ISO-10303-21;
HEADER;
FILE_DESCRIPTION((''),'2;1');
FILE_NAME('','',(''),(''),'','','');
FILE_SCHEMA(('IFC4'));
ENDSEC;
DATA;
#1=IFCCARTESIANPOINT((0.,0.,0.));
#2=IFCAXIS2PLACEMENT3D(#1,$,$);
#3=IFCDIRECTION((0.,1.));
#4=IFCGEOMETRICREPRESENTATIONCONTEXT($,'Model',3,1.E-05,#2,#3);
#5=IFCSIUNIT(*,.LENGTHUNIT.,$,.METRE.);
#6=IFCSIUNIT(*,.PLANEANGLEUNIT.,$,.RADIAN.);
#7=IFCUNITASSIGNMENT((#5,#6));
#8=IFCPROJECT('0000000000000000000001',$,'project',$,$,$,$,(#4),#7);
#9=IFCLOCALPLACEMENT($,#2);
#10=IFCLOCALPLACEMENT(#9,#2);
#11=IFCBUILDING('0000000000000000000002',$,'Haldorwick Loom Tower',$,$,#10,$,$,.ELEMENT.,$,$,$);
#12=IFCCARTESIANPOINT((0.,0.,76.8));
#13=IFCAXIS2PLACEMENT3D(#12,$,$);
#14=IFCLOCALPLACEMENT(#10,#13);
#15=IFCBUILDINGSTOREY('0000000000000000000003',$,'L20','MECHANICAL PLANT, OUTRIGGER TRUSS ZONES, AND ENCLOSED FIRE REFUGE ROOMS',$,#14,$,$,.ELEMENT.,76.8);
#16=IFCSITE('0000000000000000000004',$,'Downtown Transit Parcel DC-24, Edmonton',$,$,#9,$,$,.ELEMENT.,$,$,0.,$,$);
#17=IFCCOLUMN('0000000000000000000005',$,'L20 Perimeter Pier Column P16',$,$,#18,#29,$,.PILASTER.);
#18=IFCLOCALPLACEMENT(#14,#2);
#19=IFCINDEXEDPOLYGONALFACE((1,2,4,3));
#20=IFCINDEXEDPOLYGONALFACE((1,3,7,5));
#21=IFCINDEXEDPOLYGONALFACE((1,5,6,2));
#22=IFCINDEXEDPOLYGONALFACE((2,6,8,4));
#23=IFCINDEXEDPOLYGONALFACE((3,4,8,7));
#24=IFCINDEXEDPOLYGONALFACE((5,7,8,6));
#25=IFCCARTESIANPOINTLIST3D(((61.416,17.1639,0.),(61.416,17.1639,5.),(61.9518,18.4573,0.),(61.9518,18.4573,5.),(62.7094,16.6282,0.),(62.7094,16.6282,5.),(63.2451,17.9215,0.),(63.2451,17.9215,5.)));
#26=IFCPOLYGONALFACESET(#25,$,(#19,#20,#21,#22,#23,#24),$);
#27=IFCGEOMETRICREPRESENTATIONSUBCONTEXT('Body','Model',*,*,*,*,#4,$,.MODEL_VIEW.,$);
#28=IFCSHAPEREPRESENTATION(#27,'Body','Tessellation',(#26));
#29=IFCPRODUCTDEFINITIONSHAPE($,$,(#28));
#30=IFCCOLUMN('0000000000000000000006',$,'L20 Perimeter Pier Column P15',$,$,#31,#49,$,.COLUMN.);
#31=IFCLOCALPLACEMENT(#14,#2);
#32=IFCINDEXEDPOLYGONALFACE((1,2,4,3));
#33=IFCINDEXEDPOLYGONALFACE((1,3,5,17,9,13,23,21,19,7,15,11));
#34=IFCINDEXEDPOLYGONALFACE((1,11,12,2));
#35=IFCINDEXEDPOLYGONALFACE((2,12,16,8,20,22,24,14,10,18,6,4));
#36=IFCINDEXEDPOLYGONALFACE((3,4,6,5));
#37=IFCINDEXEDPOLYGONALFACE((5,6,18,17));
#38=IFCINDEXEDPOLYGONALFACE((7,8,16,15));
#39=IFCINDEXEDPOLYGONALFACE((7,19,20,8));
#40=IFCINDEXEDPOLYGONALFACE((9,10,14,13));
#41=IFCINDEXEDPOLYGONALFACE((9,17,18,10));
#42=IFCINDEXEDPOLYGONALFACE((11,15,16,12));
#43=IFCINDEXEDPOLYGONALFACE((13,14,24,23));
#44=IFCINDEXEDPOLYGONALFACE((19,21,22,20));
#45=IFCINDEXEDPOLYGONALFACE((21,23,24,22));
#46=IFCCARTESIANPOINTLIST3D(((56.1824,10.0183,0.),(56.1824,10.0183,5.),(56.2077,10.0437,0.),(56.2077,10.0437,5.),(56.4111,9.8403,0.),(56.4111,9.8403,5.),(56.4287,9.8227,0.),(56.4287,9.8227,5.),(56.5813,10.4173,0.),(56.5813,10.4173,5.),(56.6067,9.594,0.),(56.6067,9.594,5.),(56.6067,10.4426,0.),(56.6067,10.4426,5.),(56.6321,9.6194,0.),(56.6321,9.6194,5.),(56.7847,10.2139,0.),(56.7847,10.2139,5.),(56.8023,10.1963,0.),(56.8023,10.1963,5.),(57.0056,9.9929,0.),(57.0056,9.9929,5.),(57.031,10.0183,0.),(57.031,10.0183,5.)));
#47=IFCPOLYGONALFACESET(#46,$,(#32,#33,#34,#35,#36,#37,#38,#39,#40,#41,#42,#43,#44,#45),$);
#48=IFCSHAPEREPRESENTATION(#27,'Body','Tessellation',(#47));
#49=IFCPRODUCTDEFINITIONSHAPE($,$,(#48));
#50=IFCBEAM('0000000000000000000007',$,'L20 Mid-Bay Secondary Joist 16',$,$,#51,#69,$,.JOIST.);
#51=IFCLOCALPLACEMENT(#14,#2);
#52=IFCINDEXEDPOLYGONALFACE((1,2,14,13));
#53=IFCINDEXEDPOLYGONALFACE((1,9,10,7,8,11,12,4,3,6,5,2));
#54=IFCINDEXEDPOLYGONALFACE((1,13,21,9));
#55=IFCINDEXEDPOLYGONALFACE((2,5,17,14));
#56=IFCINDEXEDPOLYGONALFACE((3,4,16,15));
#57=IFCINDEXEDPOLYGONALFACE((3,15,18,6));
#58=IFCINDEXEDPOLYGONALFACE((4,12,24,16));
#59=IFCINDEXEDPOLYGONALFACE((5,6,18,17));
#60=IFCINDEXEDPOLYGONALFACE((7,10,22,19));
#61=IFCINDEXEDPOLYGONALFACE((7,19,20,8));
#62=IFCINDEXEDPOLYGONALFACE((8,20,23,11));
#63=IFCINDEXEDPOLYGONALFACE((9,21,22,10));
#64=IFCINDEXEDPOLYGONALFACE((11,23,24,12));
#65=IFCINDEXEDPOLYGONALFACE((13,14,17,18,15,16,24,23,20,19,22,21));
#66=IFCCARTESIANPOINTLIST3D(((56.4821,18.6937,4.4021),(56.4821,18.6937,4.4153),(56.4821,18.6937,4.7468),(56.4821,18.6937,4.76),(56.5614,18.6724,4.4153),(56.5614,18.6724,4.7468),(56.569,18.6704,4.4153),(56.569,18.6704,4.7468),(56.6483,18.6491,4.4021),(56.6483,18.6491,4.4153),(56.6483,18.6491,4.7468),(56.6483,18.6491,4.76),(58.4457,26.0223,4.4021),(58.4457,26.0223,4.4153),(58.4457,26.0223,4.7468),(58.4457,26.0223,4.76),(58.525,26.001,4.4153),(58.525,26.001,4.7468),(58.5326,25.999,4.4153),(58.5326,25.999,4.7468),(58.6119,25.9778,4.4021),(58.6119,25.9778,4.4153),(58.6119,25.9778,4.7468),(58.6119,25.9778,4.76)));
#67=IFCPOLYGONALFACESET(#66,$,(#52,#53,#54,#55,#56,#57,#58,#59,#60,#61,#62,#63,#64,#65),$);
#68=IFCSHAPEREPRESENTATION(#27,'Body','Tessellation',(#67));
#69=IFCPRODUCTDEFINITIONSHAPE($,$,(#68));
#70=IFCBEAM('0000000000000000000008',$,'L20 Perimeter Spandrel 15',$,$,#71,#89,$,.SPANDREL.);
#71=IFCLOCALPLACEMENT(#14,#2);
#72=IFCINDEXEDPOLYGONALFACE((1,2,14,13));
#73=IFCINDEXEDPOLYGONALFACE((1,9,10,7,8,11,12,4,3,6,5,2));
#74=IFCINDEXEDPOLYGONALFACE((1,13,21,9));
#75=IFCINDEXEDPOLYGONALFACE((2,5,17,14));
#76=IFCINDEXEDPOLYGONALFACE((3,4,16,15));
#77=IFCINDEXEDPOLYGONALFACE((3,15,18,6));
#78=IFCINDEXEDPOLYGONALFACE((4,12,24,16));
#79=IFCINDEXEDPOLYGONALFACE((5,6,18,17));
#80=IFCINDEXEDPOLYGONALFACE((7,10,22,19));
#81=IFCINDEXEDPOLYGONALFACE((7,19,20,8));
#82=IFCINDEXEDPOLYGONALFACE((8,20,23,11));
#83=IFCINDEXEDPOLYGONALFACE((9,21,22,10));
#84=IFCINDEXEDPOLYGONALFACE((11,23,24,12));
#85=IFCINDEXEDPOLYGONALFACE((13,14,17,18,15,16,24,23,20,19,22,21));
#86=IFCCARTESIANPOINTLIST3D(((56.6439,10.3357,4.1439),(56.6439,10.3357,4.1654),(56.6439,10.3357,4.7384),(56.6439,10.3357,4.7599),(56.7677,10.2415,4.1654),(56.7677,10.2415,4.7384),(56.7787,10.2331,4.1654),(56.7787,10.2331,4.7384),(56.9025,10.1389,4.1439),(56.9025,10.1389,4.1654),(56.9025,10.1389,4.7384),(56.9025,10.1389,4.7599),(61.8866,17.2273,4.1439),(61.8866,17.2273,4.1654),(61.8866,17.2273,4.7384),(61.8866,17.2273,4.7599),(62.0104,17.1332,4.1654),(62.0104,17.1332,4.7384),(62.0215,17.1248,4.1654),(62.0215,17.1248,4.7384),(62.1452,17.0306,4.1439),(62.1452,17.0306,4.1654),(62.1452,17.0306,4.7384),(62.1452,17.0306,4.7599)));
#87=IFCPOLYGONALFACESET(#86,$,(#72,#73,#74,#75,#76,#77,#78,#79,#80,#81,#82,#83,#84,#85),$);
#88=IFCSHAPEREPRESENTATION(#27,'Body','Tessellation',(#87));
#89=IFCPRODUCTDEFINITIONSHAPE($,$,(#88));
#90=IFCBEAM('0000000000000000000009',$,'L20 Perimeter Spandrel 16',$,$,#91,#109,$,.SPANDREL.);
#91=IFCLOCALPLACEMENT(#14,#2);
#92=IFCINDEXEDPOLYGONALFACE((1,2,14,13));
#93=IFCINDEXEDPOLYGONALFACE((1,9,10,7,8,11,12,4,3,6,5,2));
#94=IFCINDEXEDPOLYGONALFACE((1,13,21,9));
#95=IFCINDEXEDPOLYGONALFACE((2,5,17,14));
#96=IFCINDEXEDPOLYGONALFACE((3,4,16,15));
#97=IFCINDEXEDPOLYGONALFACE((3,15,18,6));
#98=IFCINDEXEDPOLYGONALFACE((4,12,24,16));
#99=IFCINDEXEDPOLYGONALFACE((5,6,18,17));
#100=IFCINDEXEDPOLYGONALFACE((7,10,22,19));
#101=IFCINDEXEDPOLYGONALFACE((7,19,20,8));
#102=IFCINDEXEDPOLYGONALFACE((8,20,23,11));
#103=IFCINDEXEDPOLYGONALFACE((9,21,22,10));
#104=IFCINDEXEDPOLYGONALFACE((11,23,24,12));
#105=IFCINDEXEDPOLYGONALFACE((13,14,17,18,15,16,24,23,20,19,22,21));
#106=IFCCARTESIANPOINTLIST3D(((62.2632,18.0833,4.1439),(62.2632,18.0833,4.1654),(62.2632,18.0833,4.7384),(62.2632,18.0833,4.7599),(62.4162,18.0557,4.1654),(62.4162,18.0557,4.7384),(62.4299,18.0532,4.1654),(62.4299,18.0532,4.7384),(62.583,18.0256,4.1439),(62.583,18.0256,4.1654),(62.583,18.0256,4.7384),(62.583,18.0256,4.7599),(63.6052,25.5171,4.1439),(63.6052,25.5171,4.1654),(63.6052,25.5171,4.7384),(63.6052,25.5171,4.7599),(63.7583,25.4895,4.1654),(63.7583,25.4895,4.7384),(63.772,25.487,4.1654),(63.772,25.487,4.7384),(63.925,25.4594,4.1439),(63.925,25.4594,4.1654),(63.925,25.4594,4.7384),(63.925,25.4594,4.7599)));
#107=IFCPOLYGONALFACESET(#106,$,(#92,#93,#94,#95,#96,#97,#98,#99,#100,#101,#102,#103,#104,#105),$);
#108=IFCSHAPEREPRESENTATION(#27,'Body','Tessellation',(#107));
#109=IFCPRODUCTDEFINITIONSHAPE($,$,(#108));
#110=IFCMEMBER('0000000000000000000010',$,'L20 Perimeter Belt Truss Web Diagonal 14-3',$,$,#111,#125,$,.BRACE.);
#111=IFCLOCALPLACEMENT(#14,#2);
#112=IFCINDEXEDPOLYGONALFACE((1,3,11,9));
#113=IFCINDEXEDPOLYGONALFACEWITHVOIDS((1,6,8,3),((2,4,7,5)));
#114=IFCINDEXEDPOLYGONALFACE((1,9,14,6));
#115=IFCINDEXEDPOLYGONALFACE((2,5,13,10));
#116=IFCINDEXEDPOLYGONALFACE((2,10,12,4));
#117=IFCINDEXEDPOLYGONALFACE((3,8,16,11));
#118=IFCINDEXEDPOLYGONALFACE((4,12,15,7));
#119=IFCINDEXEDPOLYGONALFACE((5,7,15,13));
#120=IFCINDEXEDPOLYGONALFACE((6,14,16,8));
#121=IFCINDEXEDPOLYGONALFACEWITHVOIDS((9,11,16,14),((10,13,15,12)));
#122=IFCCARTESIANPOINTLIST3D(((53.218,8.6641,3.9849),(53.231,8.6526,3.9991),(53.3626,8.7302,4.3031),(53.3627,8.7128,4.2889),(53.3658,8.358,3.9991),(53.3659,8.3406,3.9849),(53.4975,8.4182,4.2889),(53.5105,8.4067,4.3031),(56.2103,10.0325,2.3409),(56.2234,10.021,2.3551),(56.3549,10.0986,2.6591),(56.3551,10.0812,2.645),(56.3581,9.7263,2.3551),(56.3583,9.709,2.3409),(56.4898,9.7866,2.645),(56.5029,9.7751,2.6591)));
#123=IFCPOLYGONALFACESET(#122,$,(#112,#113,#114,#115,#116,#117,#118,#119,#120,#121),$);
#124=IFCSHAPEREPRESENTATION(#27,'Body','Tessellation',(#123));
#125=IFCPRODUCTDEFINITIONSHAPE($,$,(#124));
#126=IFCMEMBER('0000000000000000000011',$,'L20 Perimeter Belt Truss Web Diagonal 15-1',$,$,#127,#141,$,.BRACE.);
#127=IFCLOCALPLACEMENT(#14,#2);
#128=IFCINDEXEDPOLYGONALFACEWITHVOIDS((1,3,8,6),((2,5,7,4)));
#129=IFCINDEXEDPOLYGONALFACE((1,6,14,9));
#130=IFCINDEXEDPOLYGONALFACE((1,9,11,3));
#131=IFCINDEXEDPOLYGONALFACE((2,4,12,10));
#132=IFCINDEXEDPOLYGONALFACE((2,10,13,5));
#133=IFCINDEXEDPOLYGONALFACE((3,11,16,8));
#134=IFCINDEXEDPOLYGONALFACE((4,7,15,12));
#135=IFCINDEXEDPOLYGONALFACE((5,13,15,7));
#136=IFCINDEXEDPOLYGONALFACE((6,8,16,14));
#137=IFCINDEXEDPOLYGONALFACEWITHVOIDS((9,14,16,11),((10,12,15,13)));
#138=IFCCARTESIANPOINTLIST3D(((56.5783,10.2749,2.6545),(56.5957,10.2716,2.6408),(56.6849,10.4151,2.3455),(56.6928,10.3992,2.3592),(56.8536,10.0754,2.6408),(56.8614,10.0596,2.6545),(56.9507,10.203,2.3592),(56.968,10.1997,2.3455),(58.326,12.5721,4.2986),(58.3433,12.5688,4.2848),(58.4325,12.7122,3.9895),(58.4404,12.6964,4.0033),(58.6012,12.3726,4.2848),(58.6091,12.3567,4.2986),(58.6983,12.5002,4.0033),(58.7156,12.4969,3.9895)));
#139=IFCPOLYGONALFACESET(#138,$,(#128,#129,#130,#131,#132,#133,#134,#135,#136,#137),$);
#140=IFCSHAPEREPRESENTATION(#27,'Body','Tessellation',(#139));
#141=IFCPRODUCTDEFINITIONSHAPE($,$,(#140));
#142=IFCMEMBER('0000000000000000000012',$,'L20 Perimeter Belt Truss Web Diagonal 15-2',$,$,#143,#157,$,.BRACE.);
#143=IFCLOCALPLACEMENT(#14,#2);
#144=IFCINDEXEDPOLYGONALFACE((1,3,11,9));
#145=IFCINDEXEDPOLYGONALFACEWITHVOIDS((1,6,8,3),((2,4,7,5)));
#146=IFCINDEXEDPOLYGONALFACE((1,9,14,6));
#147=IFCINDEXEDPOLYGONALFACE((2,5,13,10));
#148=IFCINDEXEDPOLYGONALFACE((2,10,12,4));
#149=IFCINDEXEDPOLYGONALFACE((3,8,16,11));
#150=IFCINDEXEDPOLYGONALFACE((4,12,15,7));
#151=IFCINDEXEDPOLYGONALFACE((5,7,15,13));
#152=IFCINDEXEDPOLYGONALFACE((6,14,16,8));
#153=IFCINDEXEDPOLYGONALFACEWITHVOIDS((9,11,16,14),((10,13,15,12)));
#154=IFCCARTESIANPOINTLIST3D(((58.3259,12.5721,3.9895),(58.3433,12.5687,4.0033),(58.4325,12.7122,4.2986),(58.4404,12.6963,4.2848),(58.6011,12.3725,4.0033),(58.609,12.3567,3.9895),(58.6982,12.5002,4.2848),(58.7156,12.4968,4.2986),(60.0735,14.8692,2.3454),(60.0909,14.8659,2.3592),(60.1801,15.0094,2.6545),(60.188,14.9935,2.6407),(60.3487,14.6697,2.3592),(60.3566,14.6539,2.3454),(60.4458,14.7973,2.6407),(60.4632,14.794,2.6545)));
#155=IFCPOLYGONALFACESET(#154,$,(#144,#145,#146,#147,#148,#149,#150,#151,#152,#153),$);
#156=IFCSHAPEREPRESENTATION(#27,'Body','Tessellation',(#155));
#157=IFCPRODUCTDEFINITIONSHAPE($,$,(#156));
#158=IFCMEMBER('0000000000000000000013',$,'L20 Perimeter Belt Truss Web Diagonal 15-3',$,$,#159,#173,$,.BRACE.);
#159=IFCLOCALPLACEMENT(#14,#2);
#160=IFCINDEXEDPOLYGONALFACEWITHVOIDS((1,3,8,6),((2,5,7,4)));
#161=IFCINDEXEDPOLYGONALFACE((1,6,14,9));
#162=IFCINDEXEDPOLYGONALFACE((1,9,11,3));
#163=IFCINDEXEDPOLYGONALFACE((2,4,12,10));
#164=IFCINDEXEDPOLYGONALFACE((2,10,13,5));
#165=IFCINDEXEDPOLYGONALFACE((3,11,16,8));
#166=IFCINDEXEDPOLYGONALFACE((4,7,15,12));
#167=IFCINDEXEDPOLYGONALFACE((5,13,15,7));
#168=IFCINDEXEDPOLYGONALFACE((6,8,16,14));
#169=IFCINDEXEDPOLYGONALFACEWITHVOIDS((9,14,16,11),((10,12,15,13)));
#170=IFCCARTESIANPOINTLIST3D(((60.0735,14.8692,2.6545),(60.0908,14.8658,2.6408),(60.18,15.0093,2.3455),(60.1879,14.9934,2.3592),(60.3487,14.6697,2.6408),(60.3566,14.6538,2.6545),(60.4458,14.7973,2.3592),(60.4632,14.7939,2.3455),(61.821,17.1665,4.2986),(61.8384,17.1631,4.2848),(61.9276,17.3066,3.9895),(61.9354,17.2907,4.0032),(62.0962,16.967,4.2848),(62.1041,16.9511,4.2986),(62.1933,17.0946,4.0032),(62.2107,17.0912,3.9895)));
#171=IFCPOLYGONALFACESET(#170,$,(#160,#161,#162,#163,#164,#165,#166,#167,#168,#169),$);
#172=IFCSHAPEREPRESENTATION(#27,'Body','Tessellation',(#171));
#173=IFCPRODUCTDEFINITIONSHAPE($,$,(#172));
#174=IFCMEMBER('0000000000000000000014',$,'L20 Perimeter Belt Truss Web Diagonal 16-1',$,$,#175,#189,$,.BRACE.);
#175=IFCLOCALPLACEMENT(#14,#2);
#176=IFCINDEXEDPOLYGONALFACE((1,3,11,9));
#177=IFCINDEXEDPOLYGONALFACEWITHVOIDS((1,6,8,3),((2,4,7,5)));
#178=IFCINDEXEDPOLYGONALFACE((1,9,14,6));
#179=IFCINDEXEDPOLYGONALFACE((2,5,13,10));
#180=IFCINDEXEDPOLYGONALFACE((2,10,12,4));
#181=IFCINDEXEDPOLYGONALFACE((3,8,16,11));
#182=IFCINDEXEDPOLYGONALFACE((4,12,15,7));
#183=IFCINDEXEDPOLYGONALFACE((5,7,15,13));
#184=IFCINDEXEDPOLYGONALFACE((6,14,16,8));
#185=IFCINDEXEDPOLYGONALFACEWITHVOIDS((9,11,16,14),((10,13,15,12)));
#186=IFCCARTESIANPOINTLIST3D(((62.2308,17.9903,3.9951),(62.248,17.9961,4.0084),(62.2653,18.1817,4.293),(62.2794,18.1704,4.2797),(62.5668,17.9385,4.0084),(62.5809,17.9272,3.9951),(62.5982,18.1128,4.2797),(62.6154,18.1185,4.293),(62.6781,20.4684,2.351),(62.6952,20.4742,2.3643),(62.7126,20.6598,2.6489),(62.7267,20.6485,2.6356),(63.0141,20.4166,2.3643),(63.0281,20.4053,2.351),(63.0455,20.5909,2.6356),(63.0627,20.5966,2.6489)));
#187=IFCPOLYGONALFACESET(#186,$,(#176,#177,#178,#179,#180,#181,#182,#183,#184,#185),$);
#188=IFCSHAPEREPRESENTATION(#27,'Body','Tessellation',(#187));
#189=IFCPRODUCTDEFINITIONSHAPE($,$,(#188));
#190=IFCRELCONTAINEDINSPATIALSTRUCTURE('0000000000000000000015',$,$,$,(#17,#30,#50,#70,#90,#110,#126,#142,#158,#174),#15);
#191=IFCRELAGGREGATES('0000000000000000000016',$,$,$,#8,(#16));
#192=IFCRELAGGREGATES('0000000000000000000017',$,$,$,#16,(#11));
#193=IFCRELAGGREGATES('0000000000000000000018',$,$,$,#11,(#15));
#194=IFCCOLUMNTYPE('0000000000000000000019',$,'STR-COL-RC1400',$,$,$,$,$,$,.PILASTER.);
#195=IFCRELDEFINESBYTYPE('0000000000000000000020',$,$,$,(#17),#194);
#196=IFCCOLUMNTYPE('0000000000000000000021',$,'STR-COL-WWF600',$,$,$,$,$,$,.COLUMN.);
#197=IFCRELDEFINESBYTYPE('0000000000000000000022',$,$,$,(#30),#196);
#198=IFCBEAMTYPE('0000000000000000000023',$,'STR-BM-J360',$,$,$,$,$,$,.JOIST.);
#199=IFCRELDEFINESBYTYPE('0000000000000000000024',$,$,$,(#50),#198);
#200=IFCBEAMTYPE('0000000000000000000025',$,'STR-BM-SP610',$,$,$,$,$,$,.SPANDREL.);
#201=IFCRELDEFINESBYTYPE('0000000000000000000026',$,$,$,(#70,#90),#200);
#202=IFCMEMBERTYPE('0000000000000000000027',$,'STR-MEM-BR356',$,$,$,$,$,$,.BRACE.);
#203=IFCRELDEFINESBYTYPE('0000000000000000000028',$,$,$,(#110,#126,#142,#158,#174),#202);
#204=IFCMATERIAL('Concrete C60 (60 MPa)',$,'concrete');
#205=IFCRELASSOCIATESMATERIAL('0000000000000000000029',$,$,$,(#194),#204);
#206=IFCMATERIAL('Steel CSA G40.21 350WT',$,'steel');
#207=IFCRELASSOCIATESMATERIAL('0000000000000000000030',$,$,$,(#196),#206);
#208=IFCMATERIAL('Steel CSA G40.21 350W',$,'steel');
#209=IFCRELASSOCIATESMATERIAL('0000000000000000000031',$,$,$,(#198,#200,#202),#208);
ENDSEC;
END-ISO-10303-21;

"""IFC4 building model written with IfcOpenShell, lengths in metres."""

from ifc_helpers import new_model, si_unit, direction, frame, origin, origin_2d, place, context, subcontext, project, spatial, rectangle, hollow_rectangle, i_section, extrude, material, material_profile, profile_set, type_object, element, save


model = new_model("IFC4")

# Units and contexts
model_context = context("Model", 3, precision=1e-05, world=origin(), true_north=direction((0.0, 1.0)))
body_context = subcontext(model_context, "Body", "Model", "MODEL_VIEW")
ifc_project = project(units=[si_unit("LENGTHUNIT", "METRE"), si_unit("PLANEANGLEUNIT", "RADIAN")], contexts=[model_context])

# Site, building, storey
site_placement = place(None, origin())
site = spatial("IfcSite", under=ifc_project, at=site_placement, Name="Downtown Transit Parcel DC-24, Edmonton", CompositionType="ELEMENT", RefElevation=0.0)
building_placement = place(site_placement, origin())
building = spatial("IfcBuilding", under=site, at=building_placement, Name="Haldorwick Loom Tower", CompositionType="ELEMENT")
storey_placement = place(building_placement, frame((0.0, 0.0, 76.8)))
storey = spatial("IfcBuildingStorey", under=building, at=storey_placement, Name="L20", Description="MECHANICAL PLANT, OUTRIGGER TRUSS ZONES, AND ENCLOSED FIRE REFUGE ROOMS", CompositionType="ELEMENT", Elevation=76.8)

# Columns
ifc_material_1 = material(Name="Concrete C60 (60 MPa)", Category="concrete")
ifc_material_profile_1 = material_profile(ifc_material_1, rectangle(XDim=1.3999, YDim=1.3999, at=origin_2d()), Name="RC1400X1400", Category="concrete")
ifc_profile_set_1 = profile_set([ifc_material_profile_1], Name="Concrete C60 (60 MPa)")
column_type_1 = type_object("IfcColumnType", Name="STR-COL-RC1400", PredefinedType="PILASTER", material=ifc_profile_set_1)
column_1_placement = place(storey_placement, frame((62.3306, 17.5427, 0.0), z_axis=(0.0, 0.0, 1.0), x_axis=(0.92388, -0.382683, 0.0)))
element("IfcColumn", 1, at=column_1_placement, inside=storey, type_object=column_type_1, Name="L20 Perimeter Pier Column P16", PredefinedType="PILASTER", context=body_context, shape_type="SweptSolid", body=[
    extrude(rectangle(XDim=1.3999, YDim=1.3999, at=origin_2d()), origin(), (0.0, 0.0, 1.0), 5.0),
])
ifc_material_2 = material(Name="Steel CSA G40.21 350WT", Category="steel")
ifc_material_profile_2 = material_profile(ifc_material_2, i_section(OverallWidth=0.6001, OverallDepth=0.6001, WebThickness=0.0249, FlangeThickness=0.0359, at=origin_2d()), Name="WWF600X600", Category="steel")
ifc_profile_set_2 = profile_set([ifc_material_profile_2], Name="Steel CSA G40.21 350WT")
column_type_2 = type_object("IfcColumnType", Name="STR-COL-WWF600", PredefinedType="COLUMN", material=ifc_profile_set_2)
column_2_placement = place(storey_placement, frame((56.6067, 10.0183, 0.0), z_axis=(0.0, 0.0, 1.0), x_axis=(0.707107, -0.707107, 0.0)))
element("IfcColumn", 2, at=column_2_placement, inside=storey, type_object=column_type_2, Name="L20 Perimeter Pier Column P15", PredefinedType="COLUMN", context=body_context, shape_type="SweptSolid", body=[
    extrude(i_section(OverallWidth=0.6001, OverallDepth=0.6001, WebThickness=0.0249, FlangeThickness=0.0359, at=origin_2d()), origin(), (0.0, 0.0, 1.0), 5.0),
])

# Beams
ifc_material_3 = material(Name="Steel CSA G40.21 350W", Category="steel")
ifc_material_profile_3 = material_profile(ifc_material_3, i_section(OverallWidth=0.1721, OverallDepth=0.3579, WebThickness=0.0078, FlangeThickness=0.0132, at=origin_2d()), Name="W360X57", Category="steel")
ifc_profile_set_3 = profile_set([ifc_material_profile_3], Name="Steel CSA G40.21 350W")
beam_type_1 = type_object("IfcBeamType", Name="STR-BM-J360", PredefinedType="JOIST", material=ifc_profile_set_3)
beam_1_placement = place(storey_placement, frame((56.5652, 18.6714, 4.5811), z_axis=(0.25881, 0.965928, 0.0), x_axis=(-0.965928, 0.25881, 0.0)))
element("IfcBeam", 3, at=beam_1_placement, inside=storey, type_object=beam_type_1, Name="L20 Mid-Bay Secondary Joist 16", PredefinedType="JOIST", context=body_context, shape_type="SweptSolid", body=[
    extrude(i_section(OverallWidth=0.1721, OverallDepth=0.3579, WebThickness=0.0078, FlangeThickness=0.0132, at=origin_2d()), origin(), (0.0, 0.0, 1.0), 7.5872),
])
ifc_material_profile_4 = material_profile(ifc_material_3, i_section(OverallWidth=0.325, OverallDepth=0.616, WebThickness=0.0139, FlangeThickness=0.0215, at=origin_2d()), Name="W610X174", Category="steel")
ifc_profile_set_4 = profile_set([ifc_material_profile_4], Name="Steel CSA G40.21 350W")
beam_type_2 = type_object("IfcBeamType", Name="STR-BM-SP610", PredefinedType="SPANDREL", material=ifc_profile_set_4)
beam_2_placement = place(storey_placement, frame((56.7732, 10.2373, 4.4519), z_axis=(0.605454, 0.795881, 0.0), x_axis=(-0.795881, 0.605454, 0.0)))
element("IfcBeam", 4, at=beam_2_placement, inside=storey, type_object=beam_type_2, Name="L20 Perimeter Spandrel 15", PredefinedType="SPANDREL", context=body_context, shape_type="SweptSolid", body=[
    extrude(i_section(OverallWidth=0.325, OverallDepth=0.616, WebThickness=0.0139, FlangeThickness=0.0215, at=origin_2d()), origin(), (0.0, 0.0, 1.0), 8.6592),
])
beam_3_placement = place(storey_placement, frame((62.4231, 18.0544, 4.4519), z_axis=(0.177659, 0.984092, 0.0), x_axis=(-0.984092, 0.177659, 0.0)))
element("IfcBeam", 5, at=beam_3_placement, inside=storey, type_object=beam_type_2, Name="L20 Perimeter Spandrel 16", PredefinedType="SPANDREL", context=body_context, shape_type="SweptSolid", body=[
    extrude(i_section(OverallWidth=0.325, OverallDepth=0.616, WebThickness=0.0139, FlangeThickness=0.0215, at=origin_2d()), origin(), (0.0, 0.0, 1.0), 7.554),
])

# Members
ifc_material_profile_5 = material_profile(ifc_material_3, hollow_rectangle(XDim=0.3557, YDim=0.3557, WallThickness=0.0159, at=origin_2d()), Name="HSS356X356X16", Category="steel")
ifc_profile_set_5 = profile_set([ifc_material_profile_5], Name="Steel CSA G40.21 350W")
member_type_1 = type_object("IfcMemberType", Name="STR-MEM-BR356", PredefinedType="BRACE", material=ifc_profile_set_5)
member_1_placement = place(storey_placement, frame((53.3643, 8.5354, 4.144), z_axis=(0.813531, 0.37202, -0.446954), x_axis=(-0.41587, 0.909424, 0.0)))
element("IfcMember", 6, at=member_1_placement, inside=storey, type_object=member_type_1, Name="L20 Perimeter Belt Truss Web Diagonal 14-3", PredefinedType="BRACE", context=body_context, shape_type="SweptSolid", body=[
    extrude(hollow_rectangle(XDim=0.3557, YDim=0.3557, WallThickness=0.0159, at=origin_2d()), origin(), (0.0, 0.0, 1.0), 3.6782),
])
for number, where, z_axis, x_axis, name in (
    (7, (56.7732, 10.2373, 2.5), (0.526106, 0.691552, 0.494942), (-0.79587, 0.605467, 0.0), "L20 Perimeter Belt Truss Web Diagonal 15-1"),
    (8, (58.5208, 12.5344, 4.144), (0.526106, 0.691552, -0.494942), (-0.79587, 0.605467, 0.0), "L20 Perimeter Belt Truss Web Diagonal 15-2"),
    (9, (60.2683, 14.8315, 2.5), (0.526079, 0.691591, 0.494917), (-0.795901, 0.605426, 0.0), "L20 Perimeter Belt Truss Web Diagonal 15-3"),
):
    element("IfcMember", number, at=place(storey_placement, frame(where, z_axis=z_axis, x_axis=x_axis)), inside=storey, type_object=member_type_1, Name=name, PredefinedType="BRACE", context=body_context, shape_type="SweptSolid", body=[
        extrude(hollow_rectangle(XDim=0.3557, YDim=0.3557, WallThickness=0.0159, at=origin_2d()), origin(), (0.0, 0.0, 1.0), 3.3218),
    ])
member_2_placement = place(storey_placement, frame((62.4231, 18.0544, 4.144), z_axis=(0.148729, 0.824018, -0.546693), x_axis=(-0.984099, 0.177623, 0.0)))
element("IfcMember", 10, at=member_2_placement, inside=storey, type_object=member_type_1, Name="L20 Perimeter Belt Truss Web Diagonal 16-1", PredefinedType="BRACE", context=body_context, shape_type="SweptSolid", body=[
    extrude(hollow_rectangle(XDim=0.3557, YDim=0.3557, WallThickness=0.0159, at=origin_2d()), origin(), (0.0, 0.0, 1.0), 3.0073),
])

save(model, "model.ifc")
